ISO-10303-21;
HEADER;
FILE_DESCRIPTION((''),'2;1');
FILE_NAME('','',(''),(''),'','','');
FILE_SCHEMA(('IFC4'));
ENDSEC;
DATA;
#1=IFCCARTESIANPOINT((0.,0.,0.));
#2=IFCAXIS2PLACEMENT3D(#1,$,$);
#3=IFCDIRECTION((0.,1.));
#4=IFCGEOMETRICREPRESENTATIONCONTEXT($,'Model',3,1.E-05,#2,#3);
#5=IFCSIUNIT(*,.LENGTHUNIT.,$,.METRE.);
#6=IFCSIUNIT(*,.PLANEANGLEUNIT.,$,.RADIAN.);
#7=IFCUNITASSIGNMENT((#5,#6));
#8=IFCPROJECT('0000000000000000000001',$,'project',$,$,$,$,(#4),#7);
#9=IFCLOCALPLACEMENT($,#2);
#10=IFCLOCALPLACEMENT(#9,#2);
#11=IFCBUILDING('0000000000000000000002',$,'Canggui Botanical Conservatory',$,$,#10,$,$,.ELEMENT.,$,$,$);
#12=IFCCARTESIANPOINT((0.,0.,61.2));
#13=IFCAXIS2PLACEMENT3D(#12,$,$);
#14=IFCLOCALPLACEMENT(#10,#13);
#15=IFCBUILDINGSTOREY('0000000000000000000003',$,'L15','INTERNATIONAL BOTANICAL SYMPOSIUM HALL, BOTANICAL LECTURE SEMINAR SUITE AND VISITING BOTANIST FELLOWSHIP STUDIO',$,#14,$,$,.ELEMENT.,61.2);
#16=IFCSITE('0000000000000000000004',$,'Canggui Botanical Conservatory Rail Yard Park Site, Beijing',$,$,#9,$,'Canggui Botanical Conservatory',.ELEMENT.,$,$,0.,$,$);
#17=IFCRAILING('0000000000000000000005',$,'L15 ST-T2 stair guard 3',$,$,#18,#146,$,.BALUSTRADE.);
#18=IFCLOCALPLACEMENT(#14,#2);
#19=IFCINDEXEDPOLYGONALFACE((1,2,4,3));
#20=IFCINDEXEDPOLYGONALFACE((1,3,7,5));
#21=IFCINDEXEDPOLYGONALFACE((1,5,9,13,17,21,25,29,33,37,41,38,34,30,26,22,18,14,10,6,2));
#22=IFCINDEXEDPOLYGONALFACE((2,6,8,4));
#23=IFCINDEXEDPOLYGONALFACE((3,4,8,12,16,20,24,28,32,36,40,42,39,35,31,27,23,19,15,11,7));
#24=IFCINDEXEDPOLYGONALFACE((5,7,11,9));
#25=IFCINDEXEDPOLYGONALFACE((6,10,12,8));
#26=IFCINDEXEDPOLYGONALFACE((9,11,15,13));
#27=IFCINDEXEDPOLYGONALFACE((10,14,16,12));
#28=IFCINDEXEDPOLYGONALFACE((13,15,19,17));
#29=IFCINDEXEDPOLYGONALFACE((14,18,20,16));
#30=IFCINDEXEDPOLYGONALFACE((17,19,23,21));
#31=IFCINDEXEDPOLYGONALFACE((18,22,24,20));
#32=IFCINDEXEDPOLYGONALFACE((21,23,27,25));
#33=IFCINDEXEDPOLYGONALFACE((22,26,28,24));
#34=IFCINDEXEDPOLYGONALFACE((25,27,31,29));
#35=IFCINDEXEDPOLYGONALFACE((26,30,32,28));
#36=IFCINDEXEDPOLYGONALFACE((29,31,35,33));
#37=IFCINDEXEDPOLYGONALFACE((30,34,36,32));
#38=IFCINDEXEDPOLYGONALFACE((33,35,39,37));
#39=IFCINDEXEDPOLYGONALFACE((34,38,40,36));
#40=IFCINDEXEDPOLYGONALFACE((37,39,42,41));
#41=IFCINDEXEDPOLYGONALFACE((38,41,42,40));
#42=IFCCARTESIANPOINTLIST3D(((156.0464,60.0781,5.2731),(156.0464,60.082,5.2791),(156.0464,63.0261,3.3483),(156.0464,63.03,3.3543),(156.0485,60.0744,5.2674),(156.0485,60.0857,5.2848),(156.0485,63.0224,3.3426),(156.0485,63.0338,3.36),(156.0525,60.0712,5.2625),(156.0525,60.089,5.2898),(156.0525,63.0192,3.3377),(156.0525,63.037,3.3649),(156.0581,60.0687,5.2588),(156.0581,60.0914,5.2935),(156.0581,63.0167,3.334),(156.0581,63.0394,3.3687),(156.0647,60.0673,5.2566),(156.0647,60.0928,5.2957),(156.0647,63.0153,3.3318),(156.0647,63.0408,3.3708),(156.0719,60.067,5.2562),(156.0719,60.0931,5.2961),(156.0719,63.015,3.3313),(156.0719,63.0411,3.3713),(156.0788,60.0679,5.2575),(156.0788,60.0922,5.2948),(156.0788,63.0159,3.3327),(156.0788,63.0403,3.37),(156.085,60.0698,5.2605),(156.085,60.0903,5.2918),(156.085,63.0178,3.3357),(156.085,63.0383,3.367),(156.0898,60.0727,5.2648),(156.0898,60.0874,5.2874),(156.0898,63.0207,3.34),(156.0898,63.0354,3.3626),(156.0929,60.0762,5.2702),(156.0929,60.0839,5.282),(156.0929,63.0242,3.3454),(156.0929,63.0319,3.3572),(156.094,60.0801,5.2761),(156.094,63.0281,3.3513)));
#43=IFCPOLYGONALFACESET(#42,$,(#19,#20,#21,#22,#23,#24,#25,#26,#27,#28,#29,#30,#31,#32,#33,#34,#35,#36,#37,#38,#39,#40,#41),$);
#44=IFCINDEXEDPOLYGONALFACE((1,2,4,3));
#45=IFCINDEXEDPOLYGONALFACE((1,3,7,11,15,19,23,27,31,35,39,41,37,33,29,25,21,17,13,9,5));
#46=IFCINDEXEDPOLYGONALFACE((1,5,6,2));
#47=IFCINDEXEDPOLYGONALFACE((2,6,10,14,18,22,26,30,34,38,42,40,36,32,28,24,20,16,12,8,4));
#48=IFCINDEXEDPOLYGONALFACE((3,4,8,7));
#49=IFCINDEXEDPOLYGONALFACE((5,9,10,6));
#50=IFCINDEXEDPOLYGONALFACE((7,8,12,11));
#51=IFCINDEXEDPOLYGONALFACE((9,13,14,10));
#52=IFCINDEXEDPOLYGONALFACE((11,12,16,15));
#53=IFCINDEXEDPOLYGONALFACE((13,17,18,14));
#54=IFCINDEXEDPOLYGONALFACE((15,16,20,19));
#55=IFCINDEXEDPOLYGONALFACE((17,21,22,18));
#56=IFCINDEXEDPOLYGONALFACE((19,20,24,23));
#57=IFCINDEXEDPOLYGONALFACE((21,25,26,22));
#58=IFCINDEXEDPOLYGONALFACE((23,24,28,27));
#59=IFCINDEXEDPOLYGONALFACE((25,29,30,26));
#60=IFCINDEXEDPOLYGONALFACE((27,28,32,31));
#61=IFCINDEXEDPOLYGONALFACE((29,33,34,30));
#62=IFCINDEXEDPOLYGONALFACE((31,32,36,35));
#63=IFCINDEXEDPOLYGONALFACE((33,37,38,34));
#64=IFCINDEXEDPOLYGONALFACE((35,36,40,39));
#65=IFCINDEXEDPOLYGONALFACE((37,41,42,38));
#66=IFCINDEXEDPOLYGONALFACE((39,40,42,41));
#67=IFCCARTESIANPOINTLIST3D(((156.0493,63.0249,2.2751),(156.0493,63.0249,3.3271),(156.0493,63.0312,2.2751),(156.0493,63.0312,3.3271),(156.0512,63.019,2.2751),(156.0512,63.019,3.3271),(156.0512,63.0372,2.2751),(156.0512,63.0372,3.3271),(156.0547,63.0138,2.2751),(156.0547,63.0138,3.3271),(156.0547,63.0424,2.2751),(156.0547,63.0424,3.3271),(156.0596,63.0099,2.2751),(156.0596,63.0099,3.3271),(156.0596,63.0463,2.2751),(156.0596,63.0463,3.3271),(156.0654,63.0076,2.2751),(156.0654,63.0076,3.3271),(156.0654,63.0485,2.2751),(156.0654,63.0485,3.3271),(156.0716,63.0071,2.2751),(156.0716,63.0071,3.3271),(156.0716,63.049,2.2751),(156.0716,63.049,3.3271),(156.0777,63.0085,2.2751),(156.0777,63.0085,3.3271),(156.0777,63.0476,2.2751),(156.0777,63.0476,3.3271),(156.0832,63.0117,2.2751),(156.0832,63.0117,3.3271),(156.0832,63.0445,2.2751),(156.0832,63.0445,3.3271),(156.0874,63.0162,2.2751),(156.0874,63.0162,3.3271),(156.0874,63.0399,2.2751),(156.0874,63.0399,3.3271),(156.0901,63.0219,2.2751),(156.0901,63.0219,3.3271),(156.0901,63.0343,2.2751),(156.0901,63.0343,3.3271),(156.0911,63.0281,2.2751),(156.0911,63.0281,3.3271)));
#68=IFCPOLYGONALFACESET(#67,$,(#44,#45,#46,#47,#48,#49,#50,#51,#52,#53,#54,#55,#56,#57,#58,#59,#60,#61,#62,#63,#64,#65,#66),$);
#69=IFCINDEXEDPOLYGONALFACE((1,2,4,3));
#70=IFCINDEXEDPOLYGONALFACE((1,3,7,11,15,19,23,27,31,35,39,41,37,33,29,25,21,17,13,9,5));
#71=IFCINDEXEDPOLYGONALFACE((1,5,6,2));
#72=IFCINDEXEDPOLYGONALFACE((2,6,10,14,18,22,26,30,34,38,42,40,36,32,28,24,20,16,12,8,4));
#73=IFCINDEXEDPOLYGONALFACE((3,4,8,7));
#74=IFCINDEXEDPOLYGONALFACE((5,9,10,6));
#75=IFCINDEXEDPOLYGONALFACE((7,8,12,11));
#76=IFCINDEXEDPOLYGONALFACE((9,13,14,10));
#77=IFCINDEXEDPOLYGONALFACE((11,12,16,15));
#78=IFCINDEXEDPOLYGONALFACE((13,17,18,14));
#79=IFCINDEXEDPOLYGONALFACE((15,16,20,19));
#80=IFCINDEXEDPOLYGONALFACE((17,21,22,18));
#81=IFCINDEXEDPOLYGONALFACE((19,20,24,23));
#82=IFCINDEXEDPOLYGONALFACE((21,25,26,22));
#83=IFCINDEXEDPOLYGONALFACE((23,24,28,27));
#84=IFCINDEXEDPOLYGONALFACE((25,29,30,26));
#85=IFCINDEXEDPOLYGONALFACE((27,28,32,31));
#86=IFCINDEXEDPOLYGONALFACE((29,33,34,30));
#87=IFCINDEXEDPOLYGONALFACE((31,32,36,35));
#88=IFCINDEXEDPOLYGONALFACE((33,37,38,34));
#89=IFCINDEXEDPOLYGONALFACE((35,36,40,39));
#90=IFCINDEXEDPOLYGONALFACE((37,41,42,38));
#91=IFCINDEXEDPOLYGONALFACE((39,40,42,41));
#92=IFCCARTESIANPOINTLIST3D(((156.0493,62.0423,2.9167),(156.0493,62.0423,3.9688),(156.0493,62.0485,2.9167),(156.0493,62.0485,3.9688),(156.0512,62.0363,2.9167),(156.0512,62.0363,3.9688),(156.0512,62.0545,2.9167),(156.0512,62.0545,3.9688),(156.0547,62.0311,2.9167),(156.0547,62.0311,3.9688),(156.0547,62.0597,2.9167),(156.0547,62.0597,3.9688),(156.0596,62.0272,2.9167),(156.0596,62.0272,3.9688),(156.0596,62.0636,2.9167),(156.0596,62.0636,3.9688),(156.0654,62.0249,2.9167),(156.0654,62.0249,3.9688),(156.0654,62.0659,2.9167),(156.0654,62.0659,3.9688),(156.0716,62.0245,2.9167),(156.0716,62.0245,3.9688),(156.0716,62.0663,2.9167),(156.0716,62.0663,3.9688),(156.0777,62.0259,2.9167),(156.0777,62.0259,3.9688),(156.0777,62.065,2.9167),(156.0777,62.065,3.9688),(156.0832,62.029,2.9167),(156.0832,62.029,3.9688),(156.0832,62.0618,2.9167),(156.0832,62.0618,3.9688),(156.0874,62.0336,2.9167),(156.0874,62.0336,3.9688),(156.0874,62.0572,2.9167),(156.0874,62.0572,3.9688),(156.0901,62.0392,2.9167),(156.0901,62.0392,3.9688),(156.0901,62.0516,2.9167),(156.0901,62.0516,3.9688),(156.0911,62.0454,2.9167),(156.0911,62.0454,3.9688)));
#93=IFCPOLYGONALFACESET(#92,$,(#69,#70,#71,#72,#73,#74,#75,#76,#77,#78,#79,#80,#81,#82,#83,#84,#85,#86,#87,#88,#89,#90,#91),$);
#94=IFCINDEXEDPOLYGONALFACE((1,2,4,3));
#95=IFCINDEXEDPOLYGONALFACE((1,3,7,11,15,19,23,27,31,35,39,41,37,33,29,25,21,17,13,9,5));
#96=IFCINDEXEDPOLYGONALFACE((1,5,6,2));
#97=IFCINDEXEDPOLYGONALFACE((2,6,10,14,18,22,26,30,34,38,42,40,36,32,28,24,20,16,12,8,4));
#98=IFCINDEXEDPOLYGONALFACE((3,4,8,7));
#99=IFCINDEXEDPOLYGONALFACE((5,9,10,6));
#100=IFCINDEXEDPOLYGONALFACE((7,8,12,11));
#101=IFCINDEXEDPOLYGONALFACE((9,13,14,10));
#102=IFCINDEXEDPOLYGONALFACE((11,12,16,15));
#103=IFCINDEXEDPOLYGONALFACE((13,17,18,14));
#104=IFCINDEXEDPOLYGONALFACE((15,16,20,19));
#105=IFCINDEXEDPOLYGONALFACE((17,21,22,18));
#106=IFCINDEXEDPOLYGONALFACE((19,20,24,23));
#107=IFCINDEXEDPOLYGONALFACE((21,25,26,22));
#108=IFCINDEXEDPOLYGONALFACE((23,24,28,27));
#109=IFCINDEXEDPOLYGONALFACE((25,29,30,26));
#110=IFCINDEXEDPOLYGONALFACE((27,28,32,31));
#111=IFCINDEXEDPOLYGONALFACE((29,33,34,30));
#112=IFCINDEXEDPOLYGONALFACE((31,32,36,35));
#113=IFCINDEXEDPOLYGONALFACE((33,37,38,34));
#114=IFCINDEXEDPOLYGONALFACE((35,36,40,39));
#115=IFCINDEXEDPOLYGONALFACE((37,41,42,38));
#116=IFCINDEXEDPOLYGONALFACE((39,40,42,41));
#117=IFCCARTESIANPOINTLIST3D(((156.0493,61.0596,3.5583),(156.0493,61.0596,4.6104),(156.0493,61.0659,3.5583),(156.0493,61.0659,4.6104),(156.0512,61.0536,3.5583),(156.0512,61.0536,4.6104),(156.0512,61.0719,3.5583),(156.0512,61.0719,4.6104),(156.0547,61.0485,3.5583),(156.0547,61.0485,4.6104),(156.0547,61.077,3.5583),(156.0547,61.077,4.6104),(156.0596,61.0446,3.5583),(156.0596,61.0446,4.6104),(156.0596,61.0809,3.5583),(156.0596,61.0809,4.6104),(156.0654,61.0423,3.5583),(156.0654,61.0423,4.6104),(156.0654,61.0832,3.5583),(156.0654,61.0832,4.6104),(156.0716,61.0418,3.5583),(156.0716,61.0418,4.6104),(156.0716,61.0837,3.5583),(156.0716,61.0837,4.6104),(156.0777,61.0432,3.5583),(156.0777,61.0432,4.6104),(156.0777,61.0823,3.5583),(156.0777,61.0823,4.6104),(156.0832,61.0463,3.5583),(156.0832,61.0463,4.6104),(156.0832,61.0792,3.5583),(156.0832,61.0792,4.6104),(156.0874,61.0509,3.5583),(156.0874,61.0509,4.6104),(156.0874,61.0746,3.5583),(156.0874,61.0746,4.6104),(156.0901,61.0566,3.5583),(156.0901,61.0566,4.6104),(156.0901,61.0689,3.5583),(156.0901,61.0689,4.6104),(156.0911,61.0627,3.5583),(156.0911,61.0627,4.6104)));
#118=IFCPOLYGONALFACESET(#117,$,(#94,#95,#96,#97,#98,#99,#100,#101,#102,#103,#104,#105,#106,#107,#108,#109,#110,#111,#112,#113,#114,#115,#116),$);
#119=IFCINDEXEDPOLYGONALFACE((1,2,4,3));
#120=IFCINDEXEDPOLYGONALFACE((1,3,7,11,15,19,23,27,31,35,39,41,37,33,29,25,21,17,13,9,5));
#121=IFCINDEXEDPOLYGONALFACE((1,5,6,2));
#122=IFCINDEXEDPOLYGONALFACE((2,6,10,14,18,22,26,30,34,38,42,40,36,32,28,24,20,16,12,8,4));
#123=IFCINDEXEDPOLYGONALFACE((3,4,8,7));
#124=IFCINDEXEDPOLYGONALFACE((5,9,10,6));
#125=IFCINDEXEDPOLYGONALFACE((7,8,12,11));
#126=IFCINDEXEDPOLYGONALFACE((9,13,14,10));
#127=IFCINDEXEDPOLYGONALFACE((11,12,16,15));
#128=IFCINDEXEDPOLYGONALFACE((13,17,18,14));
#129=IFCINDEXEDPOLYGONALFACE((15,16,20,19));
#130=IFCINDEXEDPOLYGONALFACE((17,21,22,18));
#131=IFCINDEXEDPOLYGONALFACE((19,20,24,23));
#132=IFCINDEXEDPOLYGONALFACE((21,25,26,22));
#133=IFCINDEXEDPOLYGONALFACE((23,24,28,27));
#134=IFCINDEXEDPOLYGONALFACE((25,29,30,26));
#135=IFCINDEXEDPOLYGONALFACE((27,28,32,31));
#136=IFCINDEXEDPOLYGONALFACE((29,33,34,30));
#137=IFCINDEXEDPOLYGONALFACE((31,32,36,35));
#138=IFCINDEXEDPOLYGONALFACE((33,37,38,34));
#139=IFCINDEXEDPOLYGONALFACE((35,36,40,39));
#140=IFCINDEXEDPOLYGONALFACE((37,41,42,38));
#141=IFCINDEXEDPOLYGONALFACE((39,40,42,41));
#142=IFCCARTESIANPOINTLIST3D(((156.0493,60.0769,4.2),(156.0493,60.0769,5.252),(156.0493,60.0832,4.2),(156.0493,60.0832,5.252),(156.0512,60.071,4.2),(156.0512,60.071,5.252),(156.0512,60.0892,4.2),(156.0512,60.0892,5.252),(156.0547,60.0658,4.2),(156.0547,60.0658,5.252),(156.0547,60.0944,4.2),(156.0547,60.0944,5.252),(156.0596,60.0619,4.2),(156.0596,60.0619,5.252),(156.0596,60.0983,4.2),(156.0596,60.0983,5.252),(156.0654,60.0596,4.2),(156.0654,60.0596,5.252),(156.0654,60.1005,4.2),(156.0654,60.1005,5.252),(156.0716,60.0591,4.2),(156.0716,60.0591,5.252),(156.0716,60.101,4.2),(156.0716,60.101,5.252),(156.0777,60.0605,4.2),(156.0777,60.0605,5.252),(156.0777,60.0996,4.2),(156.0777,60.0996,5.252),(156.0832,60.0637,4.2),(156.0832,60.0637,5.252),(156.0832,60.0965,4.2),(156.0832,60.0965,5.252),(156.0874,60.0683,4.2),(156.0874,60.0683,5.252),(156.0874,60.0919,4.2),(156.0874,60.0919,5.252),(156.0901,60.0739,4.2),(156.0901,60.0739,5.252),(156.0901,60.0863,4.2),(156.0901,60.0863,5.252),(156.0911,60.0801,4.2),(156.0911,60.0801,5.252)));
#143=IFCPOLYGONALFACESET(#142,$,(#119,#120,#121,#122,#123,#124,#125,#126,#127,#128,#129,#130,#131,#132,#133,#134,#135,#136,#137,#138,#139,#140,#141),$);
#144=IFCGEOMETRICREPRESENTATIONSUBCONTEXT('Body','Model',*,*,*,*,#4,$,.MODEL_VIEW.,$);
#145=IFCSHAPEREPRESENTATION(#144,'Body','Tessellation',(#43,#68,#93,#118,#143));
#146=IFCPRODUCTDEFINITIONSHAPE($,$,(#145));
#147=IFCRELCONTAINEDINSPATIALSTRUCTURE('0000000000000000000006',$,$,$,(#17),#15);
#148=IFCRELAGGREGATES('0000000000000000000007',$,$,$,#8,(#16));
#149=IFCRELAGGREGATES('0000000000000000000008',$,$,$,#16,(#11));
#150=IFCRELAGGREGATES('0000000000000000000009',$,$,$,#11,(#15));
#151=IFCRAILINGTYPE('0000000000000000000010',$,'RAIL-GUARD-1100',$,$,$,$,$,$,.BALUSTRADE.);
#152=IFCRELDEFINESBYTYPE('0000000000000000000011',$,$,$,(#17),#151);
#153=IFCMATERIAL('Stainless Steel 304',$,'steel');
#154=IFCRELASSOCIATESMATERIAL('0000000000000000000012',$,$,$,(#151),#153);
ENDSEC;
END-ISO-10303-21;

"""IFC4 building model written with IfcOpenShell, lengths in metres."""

from ifc_helpers import new_model, si_unit, direction, frame, origin, origin_2d, place, context, subcontext, project, spatial, circle, extrude, material, type_object, element, save


model = new_model("IFC4")

# Units and contexts
model_context = context("Model", 3, precision=1e-05, world=origin(), true_north=direction((0.0, 1.0)))
body_context = subcontext(model_context, "Body", "Model", "MODEL_VIEW")
ifc_project = project(units=[si_unit("LENGTHUNIT", "METRE"), si_unit("PLANEANGLEUNIT", "RADIAN")], contexts=[model_context])

# Site, building, storey
site_placement = place(None, origin())
site = spatial("IfcSite", under=ifc_project, at=site_placement, Name="Canggui Botanical Conservatory Rail Yard Park Site, Beijing", LongName="Canggui Botanical Conservatory", CompositionType="ELEMENT", RefElevation=0.0)
building_placement = place(site_placement, origin())
building = spatial("IfcBuilding", under=site, at=building_placement, Name="Canggui Botanical Conservatory", CompositionType="ELEMENT")
storey_placement = place(building_placement, frame((0.0, 0.0, 61.2)))
storey = spatial("IfcBuildingStorey", under=building, at=storey_placement, Name="L15", Description="INTERNATIONAL BOTANICAL SYMPOSIUM HALL, BOTANICAL LECTURE SEMINAR SUITE AND VISITING BOTANIST FELLOWSHIP STUDIO", CompositionType="ELEMENT", Elevation=61.2)

# Shared definitions
ifc_material_1 = material(Name="Stainless Steel 304", Category="steel")

# Railing
railing_type_1 = type_object("IfcRailingType", Name="RAIL-GUARD-1100", PredefinedType="BALUSTRADE", material=ifc_material_1)
railing_1_placement = place(storey_placement, frame((156.0701, 63.0281, 2.2751)))
element("IfcRailing", 1, at=railing_1_placement, inside=storey, type_object=railing_type_1, Name="L15 ST-T2 stair guard 3", PredefinedType="BALUSTRADE", context=body_context, shape_type="SweptSolid", body=[
    extrude(circle(Radius=0.0239, at=origin_2d()), frame((0.0, 0.0, 1.0762), z_axis=(0.0, -0.837325, 0.546706), x_axis=(1.0, 0.0, 0.0)), (0.0, 0.0, 1.0), 3.5208),
    extrude(circle(Radius=0.021, at=origin_2d()), origin(), (0.0, 0.0, 1.0), 1.052),
    extrude(circle(Radius=0.021, at=origin_2d()), frame((0.0, -0.9827, 0.6416)), (0.0, 0.0, 1.0), 1.052),
    extrude(circle(Radius=0.021, at=origin_2d()), frame((0.0, -1.9653, 1.2832)), (0.0, 0.0, 1.0), 1.052),
    extrude(circle(Radius=0.021, at=origin_2d()), frame((0.0, -2.948, 1.9248)), (0.0, 0.0, 1.0), 1.052),
])

save(model, "model.ifc")
